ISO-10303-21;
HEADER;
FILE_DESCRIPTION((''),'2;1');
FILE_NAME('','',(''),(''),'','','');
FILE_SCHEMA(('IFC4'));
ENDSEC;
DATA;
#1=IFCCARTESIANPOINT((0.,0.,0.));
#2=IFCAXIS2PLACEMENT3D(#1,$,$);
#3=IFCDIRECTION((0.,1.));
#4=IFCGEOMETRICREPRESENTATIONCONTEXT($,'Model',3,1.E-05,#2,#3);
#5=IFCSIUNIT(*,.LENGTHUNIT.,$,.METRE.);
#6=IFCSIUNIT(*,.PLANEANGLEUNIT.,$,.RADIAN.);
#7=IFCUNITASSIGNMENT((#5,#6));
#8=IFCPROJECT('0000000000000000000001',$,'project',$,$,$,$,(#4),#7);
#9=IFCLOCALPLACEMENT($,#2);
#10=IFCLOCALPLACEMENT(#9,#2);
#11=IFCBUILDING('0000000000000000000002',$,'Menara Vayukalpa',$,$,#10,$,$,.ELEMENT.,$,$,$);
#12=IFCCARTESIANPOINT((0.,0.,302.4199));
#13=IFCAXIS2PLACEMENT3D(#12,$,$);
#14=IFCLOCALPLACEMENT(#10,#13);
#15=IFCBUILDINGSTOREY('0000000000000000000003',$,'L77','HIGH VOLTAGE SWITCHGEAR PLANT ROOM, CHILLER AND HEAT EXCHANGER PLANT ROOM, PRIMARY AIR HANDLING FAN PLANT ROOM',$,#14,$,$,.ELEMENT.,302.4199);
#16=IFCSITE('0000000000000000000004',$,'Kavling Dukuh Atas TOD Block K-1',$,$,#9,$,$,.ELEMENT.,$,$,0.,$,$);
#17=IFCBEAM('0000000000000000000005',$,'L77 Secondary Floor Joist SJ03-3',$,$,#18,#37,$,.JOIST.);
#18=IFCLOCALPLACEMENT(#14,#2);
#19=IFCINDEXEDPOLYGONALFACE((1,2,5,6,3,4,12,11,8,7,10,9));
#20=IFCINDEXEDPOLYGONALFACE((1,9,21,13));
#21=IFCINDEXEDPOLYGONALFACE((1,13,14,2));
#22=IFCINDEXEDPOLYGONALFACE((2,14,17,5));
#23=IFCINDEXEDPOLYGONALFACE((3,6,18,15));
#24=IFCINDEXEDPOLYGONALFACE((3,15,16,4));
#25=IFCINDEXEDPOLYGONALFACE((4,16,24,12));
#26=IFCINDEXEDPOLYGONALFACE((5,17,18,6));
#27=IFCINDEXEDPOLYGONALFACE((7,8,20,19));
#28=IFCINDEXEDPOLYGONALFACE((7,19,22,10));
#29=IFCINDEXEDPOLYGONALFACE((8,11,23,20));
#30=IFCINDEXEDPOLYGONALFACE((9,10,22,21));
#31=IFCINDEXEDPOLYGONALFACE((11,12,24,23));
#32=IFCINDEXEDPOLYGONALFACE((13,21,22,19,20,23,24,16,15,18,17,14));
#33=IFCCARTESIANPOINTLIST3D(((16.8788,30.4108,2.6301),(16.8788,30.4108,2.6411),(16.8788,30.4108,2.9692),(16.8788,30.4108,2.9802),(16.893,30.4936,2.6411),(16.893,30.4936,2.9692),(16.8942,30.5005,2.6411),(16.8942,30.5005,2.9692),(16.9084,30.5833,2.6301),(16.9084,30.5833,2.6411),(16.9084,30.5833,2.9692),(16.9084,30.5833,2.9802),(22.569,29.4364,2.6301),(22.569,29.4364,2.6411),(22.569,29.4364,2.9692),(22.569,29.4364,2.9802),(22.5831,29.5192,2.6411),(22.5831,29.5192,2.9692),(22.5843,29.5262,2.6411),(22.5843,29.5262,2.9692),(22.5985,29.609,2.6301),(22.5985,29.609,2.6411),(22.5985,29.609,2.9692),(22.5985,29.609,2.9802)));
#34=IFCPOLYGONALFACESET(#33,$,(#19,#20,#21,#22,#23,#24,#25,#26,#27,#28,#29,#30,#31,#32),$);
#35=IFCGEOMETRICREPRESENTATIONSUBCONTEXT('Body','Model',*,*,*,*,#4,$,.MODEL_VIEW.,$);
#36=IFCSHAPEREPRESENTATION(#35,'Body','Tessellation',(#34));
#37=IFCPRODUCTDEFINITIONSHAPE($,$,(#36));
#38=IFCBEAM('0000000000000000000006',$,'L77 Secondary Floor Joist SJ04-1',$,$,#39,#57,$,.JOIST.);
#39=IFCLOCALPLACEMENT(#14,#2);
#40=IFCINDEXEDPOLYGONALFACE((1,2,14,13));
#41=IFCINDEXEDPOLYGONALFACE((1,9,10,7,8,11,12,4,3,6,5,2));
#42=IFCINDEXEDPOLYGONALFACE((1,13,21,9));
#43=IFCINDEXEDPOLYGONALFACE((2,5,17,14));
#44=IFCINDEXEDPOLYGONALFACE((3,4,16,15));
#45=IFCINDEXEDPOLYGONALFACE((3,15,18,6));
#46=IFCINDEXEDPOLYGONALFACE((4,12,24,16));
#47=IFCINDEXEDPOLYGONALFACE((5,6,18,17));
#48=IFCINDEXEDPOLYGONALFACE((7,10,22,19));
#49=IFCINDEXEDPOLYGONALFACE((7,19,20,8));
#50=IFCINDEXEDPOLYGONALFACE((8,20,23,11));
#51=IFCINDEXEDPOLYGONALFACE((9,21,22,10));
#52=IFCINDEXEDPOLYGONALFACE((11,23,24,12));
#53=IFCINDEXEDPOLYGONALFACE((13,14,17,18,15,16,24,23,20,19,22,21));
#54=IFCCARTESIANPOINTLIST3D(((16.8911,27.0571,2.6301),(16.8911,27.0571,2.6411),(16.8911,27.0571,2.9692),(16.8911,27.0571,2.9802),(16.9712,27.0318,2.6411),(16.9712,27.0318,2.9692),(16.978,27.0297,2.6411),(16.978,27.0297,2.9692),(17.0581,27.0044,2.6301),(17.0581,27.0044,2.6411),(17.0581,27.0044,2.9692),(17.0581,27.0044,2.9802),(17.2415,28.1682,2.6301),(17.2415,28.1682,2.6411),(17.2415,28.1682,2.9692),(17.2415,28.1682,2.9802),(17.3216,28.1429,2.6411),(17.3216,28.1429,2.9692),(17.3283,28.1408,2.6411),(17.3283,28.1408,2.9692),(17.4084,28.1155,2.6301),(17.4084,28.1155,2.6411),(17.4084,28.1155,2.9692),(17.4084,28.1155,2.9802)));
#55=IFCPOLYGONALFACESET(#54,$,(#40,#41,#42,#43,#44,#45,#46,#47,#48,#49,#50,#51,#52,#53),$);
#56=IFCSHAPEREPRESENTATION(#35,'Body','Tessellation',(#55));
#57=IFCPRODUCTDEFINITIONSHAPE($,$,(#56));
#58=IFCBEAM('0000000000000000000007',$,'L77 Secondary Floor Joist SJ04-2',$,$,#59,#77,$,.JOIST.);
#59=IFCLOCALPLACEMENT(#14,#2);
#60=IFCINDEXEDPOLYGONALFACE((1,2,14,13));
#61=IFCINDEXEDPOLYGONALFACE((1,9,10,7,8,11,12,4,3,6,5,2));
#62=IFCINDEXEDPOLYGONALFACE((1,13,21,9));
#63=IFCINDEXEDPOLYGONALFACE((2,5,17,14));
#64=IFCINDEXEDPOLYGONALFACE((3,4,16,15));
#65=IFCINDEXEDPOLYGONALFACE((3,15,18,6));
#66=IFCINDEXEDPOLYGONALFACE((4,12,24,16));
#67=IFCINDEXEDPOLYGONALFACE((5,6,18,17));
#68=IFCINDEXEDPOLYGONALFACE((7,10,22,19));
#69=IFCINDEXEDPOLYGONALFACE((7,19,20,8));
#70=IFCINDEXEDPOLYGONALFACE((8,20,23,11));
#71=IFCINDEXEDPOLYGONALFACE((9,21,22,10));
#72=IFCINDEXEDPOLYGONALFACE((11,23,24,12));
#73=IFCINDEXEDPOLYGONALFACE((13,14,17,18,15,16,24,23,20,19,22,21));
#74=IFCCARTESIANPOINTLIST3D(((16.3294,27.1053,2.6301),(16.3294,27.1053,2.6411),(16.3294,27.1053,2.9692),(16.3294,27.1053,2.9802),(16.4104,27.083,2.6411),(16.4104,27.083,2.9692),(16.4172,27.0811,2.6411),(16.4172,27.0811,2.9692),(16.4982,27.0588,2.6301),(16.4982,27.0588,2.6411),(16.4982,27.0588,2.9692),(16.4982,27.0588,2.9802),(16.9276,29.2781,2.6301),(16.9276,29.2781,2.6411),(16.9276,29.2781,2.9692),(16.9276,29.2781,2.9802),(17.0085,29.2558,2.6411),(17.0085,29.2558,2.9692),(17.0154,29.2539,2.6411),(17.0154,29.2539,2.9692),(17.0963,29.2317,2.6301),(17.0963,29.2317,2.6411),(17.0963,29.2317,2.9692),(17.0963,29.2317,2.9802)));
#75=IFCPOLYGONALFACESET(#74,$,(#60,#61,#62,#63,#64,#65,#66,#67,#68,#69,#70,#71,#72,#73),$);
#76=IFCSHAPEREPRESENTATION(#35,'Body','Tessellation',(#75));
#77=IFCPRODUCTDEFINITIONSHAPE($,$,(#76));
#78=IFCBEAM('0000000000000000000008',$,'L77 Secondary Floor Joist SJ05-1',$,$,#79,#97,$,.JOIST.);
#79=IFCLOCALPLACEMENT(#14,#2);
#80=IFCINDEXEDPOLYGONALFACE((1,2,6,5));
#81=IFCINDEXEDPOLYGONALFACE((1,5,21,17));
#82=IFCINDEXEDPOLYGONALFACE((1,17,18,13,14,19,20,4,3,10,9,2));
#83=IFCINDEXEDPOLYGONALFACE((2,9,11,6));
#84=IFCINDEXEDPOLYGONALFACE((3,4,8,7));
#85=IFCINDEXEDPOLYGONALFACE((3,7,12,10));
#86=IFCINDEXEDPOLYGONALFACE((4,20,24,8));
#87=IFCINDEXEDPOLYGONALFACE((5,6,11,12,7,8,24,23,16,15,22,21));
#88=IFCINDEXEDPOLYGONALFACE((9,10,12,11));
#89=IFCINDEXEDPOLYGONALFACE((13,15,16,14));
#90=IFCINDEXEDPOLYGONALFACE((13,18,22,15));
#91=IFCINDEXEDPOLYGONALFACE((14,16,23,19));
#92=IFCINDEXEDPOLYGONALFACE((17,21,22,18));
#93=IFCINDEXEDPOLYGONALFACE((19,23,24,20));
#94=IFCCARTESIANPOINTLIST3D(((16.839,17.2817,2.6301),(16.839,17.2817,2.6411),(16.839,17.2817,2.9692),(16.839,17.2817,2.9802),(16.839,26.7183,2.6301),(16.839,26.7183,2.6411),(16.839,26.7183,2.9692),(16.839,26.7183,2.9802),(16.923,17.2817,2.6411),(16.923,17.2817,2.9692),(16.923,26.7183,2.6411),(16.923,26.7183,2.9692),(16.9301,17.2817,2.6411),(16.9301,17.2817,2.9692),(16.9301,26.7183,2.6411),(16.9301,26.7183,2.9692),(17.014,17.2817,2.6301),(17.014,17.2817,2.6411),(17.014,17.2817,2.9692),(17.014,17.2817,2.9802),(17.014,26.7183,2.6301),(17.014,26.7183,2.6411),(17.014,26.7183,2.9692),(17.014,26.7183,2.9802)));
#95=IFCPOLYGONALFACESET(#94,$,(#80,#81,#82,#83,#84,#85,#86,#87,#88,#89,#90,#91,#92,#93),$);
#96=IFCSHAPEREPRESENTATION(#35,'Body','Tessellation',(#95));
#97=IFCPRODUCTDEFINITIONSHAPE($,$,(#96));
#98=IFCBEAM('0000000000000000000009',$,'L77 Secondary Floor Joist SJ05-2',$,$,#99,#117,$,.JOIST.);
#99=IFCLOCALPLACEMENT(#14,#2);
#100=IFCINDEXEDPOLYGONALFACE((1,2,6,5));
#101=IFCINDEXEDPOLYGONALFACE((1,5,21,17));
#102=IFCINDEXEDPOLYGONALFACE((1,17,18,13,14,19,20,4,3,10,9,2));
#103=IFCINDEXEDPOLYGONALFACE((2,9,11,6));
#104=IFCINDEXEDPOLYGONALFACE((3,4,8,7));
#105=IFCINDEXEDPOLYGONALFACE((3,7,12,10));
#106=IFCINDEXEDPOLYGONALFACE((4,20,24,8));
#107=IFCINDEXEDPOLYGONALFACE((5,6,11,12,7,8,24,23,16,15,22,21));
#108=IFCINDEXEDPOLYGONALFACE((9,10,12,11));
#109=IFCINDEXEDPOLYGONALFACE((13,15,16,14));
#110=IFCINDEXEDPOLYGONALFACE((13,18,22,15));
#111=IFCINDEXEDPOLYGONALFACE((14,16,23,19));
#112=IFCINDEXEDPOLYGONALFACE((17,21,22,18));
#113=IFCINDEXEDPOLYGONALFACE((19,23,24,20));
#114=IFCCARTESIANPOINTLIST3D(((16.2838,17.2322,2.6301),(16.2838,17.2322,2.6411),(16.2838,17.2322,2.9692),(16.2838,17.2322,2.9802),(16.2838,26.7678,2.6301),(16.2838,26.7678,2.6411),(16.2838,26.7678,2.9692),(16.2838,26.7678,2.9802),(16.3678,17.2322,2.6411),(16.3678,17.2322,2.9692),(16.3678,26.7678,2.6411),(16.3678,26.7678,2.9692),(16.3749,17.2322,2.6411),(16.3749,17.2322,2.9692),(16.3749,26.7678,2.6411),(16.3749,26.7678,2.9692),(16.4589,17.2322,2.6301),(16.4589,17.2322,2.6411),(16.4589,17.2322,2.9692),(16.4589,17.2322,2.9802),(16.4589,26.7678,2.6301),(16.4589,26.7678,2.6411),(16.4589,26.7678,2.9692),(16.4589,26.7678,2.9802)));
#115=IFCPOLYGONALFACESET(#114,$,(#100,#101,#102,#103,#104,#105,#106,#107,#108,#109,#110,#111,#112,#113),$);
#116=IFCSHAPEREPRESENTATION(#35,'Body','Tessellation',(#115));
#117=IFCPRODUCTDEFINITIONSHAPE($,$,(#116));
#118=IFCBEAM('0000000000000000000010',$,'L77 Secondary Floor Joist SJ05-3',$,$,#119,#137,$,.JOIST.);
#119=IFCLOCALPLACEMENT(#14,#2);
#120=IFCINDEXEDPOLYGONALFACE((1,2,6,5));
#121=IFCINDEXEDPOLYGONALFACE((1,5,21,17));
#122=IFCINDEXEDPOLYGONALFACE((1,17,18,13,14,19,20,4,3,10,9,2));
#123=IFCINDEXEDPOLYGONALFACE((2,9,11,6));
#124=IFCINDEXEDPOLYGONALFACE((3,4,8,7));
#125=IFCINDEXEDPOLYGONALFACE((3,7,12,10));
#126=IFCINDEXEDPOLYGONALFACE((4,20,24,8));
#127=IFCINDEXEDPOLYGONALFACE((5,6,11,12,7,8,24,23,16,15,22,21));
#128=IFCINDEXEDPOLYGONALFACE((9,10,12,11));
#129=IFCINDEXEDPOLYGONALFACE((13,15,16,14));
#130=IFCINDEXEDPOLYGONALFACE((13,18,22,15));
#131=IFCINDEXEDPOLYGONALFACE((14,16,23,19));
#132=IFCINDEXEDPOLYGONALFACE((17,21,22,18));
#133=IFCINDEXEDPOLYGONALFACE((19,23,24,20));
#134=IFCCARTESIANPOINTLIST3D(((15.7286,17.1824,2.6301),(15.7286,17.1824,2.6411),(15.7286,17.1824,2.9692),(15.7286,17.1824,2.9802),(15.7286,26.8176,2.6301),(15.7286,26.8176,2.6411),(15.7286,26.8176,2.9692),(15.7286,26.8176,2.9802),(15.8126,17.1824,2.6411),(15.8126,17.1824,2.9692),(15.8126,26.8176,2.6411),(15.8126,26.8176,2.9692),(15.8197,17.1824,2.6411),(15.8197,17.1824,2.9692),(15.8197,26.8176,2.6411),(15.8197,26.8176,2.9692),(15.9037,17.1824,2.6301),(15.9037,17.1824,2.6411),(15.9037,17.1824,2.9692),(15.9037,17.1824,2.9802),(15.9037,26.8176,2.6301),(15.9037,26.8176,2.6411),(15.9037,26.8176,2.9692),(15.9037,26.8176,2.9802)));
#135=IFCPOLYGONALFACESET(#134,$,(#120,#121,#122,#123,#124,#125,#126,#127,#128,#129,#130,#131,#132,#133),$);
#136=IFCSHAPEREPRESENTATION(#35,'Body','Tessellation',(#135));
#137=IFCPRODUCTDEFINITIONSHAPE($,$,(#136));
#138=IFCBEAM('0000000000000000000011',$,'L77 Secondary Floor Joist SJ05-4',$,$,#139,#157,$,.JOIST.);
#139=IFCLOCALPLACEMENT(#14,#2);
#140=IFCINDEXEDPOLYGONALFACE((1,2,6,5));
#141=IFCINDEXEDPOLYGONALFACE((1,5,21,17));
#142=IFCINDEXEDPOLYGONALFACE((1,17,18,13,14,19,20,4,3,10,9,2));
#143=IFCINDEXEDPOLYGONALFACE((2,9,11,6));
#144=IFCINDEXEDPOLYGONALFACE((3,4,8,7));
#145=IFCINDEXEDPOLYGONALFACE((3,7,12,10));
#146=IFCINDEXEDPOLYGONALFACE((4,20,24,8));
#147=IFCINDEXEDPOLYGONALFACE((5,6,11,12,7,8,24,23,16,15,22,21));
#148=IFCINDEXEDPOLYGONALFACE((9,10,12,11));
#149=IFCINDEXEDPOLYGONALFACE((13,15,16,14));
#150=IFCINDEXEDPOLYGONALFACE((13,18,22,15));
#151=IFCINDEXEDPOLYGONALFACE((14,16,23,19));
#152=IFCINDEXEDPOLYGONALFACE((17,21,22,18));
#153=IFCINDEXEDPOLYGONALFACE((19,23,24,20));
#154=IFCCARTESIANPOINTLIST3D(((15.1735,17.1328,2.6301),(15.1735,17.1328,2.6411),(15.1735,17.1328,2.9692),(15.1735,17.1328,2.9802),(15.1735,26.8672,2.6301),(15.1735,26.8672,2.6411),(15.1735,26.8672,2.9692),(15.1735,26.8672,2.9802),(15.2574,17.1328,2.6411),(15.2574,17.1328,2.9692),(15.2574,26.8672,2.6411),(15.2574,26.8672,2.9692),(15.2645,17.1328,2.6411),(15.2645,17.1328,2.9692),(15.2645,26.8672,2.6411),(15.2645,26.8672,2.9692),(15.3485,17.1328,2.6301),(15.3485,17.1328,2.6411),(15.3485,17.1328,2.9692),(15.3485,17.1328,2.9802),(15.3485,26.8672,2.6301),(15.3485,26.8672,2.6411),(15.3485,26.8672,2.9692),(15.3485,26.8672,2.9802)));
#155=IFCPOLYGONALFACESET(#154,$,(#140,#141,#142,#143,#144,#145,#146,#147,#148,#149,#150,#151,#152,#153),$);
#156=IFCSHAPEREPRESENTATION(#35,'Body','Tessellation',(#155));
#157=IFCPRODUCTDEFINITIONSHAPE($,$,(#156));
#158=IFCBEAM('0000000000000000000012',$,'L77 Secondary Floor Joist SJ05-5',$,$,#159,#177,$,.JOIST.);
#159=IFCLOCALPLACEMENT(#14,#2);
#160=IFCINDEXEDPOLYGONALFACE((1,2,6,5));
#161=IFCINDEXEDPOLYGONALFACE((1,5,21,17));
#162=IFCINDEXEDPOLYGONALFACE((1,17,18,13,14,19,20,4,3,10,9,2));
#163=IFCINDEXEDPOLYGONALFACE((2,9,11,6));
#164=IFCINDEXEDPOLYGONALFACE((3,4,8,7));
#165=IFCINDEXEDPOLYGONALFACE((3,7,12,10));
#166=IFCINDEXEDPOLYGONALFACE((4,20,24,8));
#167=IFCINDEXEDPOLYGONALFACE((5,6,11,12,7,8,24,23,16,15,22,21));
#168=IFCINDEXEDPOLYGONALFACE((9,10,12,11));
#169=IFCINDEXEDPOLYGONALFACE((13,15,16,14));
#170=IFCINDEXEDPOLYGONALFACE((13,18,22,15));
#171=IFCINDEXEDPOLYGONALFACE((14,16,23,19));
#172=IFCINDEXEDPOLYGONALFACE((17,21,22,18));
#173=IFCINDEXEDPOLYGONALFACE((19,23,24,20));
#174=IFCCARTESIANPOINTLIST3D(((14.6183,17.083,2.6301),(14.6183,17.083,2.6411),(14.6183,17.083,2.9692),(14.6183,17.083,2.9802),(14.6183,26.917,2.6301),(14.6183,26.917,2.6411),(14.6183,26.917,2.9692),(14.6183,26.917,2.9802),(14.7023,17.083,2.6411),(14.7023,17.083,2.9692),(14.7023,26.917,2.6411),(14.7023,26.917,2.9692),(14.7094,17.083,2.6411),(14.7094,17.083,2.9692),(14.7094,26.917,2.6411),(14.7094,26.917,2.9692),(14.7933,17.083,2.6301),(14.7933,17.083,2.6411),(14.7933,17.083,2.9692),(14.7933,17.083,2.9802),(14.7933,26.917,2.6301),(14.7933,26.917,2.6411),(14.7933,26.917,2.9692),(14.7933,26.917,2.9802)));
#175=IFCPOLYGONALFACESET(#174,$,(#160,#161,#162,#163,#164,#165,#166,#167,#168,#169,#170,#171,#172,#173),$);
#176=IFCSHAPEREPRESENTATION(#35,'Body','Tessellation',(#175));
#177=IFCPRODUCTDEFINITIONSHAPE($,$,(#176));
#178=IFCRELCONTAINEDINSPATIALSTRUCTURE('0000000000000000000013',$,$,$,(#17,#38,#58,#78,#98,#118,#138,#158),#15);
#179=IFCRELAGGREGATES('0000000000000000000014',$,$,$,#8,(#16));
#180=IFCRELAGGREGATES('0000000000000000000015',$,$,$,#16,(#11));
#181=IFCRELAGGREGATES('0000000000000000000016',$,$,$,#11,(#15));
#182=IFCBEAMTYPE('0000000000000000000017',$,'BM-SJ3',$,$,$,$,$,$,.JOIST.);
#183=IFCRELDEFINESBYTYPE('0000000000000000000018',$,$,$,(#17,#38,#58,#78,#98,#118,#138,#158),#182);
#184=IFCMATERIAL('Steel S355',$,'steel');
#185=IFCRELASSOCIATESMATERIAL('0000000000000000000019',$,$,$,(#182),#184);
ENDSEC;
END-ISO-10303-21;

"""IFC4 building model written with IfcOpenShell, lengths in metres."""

from ifc_helpers import new_model, si_unit, direction, frame, origin, origin_2d, place, context, subcontext, project, spatial, i_section, extrude, material, material_profile, profile_set, type_object, element, save


model = new_model("IFC4")

# Units and contexts
model_context = context("Model", 3, precision=1e-05, world=origin(), true_north=direction((0.0, 1.0)))
body_context = subcontext(model_context, "Body", "Model", "MODEL_VIEW")
ifc_project = project(units=[si_unit("LENGTHUNIT", "METRE"), si_unit("PLANEANGLEUNIT", "RADIAN")], contexts=[model_context])

# Site, building, storey
site_placement = place(None, origin())
site = spatial("IfcSite", under=ifc_project, at=site_placement, Name="Kavling Dukuh Atas TOD Block K-1", CompositionType="ELEMENT", RefElevation=0.0)
building_placement = place(site_placement, origin())
building = spatial("IfcBuilding", under=site, at=building_placement, Name="Menara Vayukalpa", CompositionType="ELEMENT")
storey_placement = place(building_placement, frame((0.0, 0.0, 302.4199)))
storey = spatial("IfcBuildingStorey", under=building, at=storey_placement, Name="L77", Description="HIGH VOLTAGE SWITCHGEAR PLANT ROOM, CHILLER AND HEAT EXCHANGER PLANT ROOM, PRIMARY AIR HANDLING FAN PLANT ROOM", CompositionType="ELEMENT", Elevation=302.4199)

# Beams
ifc_material_1 = material(Name="Steel S355", Category="steel")
ifc_material_profile_1 = material_profile(ifc_material_1, i_section(OverallWidth=0.175, OverallDepth=0.3501, WebThickness=0.0071, FlangeThickness=0.011, at=origin_2d()), Name="WF 350x175x7x11")
ifc_profile_set_1 = profile_set([ifc_material_profile_1], Name="Steel S355")
beam_type_1 = type_object("IfcBeamType", Name="BM-SJ3", PredefinedType="JOIST", material=ifc_profile_set_1)
beam_1_placement = place(storey_placement, frame((22.5837, 29.5227, 2.8052), z_axis=(-0.985654, 0.16878, 0.0), x_axis=(-0.16878, -0.985654, 0.0)))
element("IfcBeam", 1, at=beam_1_placement, inside=storey, type_object=beam_type_1, Name="L77 Secondary Floor Joist SJ03-3", PredefinedType="JOIST", context=body_context, shape_type="SweptSolid", body=[
    extrude(i_section(OverallWidth=0.175, OverallDepth=0.3501, WebThickness=0.0071, FlangeThickness=0.011, at=origin_2d()), origin(), (0.0, 0.0, 1.0), 5.7729),
])
beam_2_placement = place(storey_placement, frame((17.325, 28.1418, 2.8052), z_axis=(-0.30072, -0.953712, 0.0), x_axis=(0.953712, -0.30072, 0.0)))
element("IfcBeam", 2, at=beam_2_placement, inside=storey, type_object=beam_type_1, Name="L77 Secondary Floor Joist SJ04-1", PredefinedType="JOIST", context=body_context, shape_type="SweptSolid", body=[
    extrude(i_section(OverallWidth=0.175, OverallDepth=0.3501, WebThickness=0.0071, FlangeThickness=0.011, at=origin_2d()), origin(), (0.0, 0.0, 1.0), 1.165),
])
beam_3_placement = place(storey_placement, frame((17.012, 29.2549, 2.8052), z_axis=(-0.265408, -0.964136, 0.0), x_axis=(0.964136, -0.265408, 0.0)))
element("IfcBeam", 3, at=beam_3_placement, inside=storey, type_object=beam_type_1, Name="L77 Secondary Floor Joist SJ04-2", PredefinedType="JOIST", context=body_context, shape_type="SweptSolid", body=[
    extrude(i_section(OverallWidth=0.175, OverallDepth=0.3501, WebThickness=0.0071, FlangeThickness=0.011, at=origin_2d()), origin(), (0.0, 0.0, 1.0), 2.2537),
])
beam_4_placement = place(storey_placement, frame((16.9265, 26.7183, 2.8052), z_axis=(0.0, -1.0, 0.0), x_axis=(1.0, 0.0, 0.0)))
element("IfcBeam", 4, at=beam_4_placement, inside=storey, type_object=beam_type_1, Name="L77 Secondary Floor Joist SJ05-1", PredefinedType="JOIST", context=body_context, shape_type="SweptSolid", body=[
    extrude(i_section(OverallWidth=0.175, OverallDepth=0.3501, WebThickness=0.0071, FlangeThickness=0.011, at=origin_2d()), origin(), (0.0, 0.0, 1.0), 9.4365),
])
beam_5_placement = place(storey_placement, frame((16.3713, 26.7678, 2.8052), z_axis=(0.0, -1.0, 0.0), x_axis=(1.0, 0.0, 0.0)))
element("IfcBeam", 5, at=beam_5_placement, inside=storey, type_object=beam_type_1, Name="L77 Secondary Floor Joist SJ05-2", PredefinedType="JOIST", context=body_context, shape_type="SweptSolid", body=[
    extrude(i_section(OverallWidth=0.175, OverallDepth=0.3501, WebThickness=0.0071, FlangeThickness=0.011, at=origin_2d()), origin(), (0.0, 0.0, 1.0), 9.5356),
])
beam_6_placement = place(storey_placement, frame((15.8162, 26.8176, 2.8052), z_axis=(0.0, -1.0, 0.0), x_axis=(1.0, 0.0, 0.0)))
element("IfcBeam", 6, at=beam_6_placement, inside=storey, type_object=beam_type_1, Name="L77 Secondary Floor Joist SJ05-3", PredefinedType="JOIST", context=body_context, shape_type="SweptSolid", body=[
    extrude(i_section(OverallWidth=0.175, OverallDepth=0.3501, WebThickness=0.0071, FlangeThickness=0.011, at=origin_2d()), origin(), (0.0, 0.0, 1.0), 9.6353),
])
beam_7_placement = place(storey_placement, frame((15.261, 26.8672, 2.8052), z_axis=(0.0, -1.0, 0.0), x_axis=(1.0, 0.0, 0.0)))
element("IfcBeam", 7, at=beam_7_placement, inside=storey, type_object=beam_type_1, Name="L77 Secondary Floor Joist SJ05-4", PredefinedType="JOIST", context=body_context, shape_type="SweptSolid", body=[
    extrude(i_section(OverallWidth=0.175, OverallDepth=0.3501, WebThickness=0.0071, FlangeThickness=0.011, at=origin_2d()), origin(), (0.0, 0.0, 1.0), 9.7344),
])
beam_8_placement = place(storey_placement, frame((14.7058, 26.917, 2.8052), z_axis=(0.0, -1.0, 0.0), x_axis=(1.0, 0.0, 0.0)))
element("IfcBeam", 8, at=beam_8_placement, inside=storey, type_object=beam_type_1, Name="L77 Secondary Floor Joist SJ05-5", PredefinedType="JOIST", context=body_context, shape_type="SweptSolid", body=[
    extrude(i_section(OverallWidth=0.175, OverallDepth=0.3501, WebThickness=0.0071, FlangeThickness=0.011, at=origin_2d()), origin(), (0.0, 0.0, 1.0), 9.834),
])

save(model, "model.ifc")
